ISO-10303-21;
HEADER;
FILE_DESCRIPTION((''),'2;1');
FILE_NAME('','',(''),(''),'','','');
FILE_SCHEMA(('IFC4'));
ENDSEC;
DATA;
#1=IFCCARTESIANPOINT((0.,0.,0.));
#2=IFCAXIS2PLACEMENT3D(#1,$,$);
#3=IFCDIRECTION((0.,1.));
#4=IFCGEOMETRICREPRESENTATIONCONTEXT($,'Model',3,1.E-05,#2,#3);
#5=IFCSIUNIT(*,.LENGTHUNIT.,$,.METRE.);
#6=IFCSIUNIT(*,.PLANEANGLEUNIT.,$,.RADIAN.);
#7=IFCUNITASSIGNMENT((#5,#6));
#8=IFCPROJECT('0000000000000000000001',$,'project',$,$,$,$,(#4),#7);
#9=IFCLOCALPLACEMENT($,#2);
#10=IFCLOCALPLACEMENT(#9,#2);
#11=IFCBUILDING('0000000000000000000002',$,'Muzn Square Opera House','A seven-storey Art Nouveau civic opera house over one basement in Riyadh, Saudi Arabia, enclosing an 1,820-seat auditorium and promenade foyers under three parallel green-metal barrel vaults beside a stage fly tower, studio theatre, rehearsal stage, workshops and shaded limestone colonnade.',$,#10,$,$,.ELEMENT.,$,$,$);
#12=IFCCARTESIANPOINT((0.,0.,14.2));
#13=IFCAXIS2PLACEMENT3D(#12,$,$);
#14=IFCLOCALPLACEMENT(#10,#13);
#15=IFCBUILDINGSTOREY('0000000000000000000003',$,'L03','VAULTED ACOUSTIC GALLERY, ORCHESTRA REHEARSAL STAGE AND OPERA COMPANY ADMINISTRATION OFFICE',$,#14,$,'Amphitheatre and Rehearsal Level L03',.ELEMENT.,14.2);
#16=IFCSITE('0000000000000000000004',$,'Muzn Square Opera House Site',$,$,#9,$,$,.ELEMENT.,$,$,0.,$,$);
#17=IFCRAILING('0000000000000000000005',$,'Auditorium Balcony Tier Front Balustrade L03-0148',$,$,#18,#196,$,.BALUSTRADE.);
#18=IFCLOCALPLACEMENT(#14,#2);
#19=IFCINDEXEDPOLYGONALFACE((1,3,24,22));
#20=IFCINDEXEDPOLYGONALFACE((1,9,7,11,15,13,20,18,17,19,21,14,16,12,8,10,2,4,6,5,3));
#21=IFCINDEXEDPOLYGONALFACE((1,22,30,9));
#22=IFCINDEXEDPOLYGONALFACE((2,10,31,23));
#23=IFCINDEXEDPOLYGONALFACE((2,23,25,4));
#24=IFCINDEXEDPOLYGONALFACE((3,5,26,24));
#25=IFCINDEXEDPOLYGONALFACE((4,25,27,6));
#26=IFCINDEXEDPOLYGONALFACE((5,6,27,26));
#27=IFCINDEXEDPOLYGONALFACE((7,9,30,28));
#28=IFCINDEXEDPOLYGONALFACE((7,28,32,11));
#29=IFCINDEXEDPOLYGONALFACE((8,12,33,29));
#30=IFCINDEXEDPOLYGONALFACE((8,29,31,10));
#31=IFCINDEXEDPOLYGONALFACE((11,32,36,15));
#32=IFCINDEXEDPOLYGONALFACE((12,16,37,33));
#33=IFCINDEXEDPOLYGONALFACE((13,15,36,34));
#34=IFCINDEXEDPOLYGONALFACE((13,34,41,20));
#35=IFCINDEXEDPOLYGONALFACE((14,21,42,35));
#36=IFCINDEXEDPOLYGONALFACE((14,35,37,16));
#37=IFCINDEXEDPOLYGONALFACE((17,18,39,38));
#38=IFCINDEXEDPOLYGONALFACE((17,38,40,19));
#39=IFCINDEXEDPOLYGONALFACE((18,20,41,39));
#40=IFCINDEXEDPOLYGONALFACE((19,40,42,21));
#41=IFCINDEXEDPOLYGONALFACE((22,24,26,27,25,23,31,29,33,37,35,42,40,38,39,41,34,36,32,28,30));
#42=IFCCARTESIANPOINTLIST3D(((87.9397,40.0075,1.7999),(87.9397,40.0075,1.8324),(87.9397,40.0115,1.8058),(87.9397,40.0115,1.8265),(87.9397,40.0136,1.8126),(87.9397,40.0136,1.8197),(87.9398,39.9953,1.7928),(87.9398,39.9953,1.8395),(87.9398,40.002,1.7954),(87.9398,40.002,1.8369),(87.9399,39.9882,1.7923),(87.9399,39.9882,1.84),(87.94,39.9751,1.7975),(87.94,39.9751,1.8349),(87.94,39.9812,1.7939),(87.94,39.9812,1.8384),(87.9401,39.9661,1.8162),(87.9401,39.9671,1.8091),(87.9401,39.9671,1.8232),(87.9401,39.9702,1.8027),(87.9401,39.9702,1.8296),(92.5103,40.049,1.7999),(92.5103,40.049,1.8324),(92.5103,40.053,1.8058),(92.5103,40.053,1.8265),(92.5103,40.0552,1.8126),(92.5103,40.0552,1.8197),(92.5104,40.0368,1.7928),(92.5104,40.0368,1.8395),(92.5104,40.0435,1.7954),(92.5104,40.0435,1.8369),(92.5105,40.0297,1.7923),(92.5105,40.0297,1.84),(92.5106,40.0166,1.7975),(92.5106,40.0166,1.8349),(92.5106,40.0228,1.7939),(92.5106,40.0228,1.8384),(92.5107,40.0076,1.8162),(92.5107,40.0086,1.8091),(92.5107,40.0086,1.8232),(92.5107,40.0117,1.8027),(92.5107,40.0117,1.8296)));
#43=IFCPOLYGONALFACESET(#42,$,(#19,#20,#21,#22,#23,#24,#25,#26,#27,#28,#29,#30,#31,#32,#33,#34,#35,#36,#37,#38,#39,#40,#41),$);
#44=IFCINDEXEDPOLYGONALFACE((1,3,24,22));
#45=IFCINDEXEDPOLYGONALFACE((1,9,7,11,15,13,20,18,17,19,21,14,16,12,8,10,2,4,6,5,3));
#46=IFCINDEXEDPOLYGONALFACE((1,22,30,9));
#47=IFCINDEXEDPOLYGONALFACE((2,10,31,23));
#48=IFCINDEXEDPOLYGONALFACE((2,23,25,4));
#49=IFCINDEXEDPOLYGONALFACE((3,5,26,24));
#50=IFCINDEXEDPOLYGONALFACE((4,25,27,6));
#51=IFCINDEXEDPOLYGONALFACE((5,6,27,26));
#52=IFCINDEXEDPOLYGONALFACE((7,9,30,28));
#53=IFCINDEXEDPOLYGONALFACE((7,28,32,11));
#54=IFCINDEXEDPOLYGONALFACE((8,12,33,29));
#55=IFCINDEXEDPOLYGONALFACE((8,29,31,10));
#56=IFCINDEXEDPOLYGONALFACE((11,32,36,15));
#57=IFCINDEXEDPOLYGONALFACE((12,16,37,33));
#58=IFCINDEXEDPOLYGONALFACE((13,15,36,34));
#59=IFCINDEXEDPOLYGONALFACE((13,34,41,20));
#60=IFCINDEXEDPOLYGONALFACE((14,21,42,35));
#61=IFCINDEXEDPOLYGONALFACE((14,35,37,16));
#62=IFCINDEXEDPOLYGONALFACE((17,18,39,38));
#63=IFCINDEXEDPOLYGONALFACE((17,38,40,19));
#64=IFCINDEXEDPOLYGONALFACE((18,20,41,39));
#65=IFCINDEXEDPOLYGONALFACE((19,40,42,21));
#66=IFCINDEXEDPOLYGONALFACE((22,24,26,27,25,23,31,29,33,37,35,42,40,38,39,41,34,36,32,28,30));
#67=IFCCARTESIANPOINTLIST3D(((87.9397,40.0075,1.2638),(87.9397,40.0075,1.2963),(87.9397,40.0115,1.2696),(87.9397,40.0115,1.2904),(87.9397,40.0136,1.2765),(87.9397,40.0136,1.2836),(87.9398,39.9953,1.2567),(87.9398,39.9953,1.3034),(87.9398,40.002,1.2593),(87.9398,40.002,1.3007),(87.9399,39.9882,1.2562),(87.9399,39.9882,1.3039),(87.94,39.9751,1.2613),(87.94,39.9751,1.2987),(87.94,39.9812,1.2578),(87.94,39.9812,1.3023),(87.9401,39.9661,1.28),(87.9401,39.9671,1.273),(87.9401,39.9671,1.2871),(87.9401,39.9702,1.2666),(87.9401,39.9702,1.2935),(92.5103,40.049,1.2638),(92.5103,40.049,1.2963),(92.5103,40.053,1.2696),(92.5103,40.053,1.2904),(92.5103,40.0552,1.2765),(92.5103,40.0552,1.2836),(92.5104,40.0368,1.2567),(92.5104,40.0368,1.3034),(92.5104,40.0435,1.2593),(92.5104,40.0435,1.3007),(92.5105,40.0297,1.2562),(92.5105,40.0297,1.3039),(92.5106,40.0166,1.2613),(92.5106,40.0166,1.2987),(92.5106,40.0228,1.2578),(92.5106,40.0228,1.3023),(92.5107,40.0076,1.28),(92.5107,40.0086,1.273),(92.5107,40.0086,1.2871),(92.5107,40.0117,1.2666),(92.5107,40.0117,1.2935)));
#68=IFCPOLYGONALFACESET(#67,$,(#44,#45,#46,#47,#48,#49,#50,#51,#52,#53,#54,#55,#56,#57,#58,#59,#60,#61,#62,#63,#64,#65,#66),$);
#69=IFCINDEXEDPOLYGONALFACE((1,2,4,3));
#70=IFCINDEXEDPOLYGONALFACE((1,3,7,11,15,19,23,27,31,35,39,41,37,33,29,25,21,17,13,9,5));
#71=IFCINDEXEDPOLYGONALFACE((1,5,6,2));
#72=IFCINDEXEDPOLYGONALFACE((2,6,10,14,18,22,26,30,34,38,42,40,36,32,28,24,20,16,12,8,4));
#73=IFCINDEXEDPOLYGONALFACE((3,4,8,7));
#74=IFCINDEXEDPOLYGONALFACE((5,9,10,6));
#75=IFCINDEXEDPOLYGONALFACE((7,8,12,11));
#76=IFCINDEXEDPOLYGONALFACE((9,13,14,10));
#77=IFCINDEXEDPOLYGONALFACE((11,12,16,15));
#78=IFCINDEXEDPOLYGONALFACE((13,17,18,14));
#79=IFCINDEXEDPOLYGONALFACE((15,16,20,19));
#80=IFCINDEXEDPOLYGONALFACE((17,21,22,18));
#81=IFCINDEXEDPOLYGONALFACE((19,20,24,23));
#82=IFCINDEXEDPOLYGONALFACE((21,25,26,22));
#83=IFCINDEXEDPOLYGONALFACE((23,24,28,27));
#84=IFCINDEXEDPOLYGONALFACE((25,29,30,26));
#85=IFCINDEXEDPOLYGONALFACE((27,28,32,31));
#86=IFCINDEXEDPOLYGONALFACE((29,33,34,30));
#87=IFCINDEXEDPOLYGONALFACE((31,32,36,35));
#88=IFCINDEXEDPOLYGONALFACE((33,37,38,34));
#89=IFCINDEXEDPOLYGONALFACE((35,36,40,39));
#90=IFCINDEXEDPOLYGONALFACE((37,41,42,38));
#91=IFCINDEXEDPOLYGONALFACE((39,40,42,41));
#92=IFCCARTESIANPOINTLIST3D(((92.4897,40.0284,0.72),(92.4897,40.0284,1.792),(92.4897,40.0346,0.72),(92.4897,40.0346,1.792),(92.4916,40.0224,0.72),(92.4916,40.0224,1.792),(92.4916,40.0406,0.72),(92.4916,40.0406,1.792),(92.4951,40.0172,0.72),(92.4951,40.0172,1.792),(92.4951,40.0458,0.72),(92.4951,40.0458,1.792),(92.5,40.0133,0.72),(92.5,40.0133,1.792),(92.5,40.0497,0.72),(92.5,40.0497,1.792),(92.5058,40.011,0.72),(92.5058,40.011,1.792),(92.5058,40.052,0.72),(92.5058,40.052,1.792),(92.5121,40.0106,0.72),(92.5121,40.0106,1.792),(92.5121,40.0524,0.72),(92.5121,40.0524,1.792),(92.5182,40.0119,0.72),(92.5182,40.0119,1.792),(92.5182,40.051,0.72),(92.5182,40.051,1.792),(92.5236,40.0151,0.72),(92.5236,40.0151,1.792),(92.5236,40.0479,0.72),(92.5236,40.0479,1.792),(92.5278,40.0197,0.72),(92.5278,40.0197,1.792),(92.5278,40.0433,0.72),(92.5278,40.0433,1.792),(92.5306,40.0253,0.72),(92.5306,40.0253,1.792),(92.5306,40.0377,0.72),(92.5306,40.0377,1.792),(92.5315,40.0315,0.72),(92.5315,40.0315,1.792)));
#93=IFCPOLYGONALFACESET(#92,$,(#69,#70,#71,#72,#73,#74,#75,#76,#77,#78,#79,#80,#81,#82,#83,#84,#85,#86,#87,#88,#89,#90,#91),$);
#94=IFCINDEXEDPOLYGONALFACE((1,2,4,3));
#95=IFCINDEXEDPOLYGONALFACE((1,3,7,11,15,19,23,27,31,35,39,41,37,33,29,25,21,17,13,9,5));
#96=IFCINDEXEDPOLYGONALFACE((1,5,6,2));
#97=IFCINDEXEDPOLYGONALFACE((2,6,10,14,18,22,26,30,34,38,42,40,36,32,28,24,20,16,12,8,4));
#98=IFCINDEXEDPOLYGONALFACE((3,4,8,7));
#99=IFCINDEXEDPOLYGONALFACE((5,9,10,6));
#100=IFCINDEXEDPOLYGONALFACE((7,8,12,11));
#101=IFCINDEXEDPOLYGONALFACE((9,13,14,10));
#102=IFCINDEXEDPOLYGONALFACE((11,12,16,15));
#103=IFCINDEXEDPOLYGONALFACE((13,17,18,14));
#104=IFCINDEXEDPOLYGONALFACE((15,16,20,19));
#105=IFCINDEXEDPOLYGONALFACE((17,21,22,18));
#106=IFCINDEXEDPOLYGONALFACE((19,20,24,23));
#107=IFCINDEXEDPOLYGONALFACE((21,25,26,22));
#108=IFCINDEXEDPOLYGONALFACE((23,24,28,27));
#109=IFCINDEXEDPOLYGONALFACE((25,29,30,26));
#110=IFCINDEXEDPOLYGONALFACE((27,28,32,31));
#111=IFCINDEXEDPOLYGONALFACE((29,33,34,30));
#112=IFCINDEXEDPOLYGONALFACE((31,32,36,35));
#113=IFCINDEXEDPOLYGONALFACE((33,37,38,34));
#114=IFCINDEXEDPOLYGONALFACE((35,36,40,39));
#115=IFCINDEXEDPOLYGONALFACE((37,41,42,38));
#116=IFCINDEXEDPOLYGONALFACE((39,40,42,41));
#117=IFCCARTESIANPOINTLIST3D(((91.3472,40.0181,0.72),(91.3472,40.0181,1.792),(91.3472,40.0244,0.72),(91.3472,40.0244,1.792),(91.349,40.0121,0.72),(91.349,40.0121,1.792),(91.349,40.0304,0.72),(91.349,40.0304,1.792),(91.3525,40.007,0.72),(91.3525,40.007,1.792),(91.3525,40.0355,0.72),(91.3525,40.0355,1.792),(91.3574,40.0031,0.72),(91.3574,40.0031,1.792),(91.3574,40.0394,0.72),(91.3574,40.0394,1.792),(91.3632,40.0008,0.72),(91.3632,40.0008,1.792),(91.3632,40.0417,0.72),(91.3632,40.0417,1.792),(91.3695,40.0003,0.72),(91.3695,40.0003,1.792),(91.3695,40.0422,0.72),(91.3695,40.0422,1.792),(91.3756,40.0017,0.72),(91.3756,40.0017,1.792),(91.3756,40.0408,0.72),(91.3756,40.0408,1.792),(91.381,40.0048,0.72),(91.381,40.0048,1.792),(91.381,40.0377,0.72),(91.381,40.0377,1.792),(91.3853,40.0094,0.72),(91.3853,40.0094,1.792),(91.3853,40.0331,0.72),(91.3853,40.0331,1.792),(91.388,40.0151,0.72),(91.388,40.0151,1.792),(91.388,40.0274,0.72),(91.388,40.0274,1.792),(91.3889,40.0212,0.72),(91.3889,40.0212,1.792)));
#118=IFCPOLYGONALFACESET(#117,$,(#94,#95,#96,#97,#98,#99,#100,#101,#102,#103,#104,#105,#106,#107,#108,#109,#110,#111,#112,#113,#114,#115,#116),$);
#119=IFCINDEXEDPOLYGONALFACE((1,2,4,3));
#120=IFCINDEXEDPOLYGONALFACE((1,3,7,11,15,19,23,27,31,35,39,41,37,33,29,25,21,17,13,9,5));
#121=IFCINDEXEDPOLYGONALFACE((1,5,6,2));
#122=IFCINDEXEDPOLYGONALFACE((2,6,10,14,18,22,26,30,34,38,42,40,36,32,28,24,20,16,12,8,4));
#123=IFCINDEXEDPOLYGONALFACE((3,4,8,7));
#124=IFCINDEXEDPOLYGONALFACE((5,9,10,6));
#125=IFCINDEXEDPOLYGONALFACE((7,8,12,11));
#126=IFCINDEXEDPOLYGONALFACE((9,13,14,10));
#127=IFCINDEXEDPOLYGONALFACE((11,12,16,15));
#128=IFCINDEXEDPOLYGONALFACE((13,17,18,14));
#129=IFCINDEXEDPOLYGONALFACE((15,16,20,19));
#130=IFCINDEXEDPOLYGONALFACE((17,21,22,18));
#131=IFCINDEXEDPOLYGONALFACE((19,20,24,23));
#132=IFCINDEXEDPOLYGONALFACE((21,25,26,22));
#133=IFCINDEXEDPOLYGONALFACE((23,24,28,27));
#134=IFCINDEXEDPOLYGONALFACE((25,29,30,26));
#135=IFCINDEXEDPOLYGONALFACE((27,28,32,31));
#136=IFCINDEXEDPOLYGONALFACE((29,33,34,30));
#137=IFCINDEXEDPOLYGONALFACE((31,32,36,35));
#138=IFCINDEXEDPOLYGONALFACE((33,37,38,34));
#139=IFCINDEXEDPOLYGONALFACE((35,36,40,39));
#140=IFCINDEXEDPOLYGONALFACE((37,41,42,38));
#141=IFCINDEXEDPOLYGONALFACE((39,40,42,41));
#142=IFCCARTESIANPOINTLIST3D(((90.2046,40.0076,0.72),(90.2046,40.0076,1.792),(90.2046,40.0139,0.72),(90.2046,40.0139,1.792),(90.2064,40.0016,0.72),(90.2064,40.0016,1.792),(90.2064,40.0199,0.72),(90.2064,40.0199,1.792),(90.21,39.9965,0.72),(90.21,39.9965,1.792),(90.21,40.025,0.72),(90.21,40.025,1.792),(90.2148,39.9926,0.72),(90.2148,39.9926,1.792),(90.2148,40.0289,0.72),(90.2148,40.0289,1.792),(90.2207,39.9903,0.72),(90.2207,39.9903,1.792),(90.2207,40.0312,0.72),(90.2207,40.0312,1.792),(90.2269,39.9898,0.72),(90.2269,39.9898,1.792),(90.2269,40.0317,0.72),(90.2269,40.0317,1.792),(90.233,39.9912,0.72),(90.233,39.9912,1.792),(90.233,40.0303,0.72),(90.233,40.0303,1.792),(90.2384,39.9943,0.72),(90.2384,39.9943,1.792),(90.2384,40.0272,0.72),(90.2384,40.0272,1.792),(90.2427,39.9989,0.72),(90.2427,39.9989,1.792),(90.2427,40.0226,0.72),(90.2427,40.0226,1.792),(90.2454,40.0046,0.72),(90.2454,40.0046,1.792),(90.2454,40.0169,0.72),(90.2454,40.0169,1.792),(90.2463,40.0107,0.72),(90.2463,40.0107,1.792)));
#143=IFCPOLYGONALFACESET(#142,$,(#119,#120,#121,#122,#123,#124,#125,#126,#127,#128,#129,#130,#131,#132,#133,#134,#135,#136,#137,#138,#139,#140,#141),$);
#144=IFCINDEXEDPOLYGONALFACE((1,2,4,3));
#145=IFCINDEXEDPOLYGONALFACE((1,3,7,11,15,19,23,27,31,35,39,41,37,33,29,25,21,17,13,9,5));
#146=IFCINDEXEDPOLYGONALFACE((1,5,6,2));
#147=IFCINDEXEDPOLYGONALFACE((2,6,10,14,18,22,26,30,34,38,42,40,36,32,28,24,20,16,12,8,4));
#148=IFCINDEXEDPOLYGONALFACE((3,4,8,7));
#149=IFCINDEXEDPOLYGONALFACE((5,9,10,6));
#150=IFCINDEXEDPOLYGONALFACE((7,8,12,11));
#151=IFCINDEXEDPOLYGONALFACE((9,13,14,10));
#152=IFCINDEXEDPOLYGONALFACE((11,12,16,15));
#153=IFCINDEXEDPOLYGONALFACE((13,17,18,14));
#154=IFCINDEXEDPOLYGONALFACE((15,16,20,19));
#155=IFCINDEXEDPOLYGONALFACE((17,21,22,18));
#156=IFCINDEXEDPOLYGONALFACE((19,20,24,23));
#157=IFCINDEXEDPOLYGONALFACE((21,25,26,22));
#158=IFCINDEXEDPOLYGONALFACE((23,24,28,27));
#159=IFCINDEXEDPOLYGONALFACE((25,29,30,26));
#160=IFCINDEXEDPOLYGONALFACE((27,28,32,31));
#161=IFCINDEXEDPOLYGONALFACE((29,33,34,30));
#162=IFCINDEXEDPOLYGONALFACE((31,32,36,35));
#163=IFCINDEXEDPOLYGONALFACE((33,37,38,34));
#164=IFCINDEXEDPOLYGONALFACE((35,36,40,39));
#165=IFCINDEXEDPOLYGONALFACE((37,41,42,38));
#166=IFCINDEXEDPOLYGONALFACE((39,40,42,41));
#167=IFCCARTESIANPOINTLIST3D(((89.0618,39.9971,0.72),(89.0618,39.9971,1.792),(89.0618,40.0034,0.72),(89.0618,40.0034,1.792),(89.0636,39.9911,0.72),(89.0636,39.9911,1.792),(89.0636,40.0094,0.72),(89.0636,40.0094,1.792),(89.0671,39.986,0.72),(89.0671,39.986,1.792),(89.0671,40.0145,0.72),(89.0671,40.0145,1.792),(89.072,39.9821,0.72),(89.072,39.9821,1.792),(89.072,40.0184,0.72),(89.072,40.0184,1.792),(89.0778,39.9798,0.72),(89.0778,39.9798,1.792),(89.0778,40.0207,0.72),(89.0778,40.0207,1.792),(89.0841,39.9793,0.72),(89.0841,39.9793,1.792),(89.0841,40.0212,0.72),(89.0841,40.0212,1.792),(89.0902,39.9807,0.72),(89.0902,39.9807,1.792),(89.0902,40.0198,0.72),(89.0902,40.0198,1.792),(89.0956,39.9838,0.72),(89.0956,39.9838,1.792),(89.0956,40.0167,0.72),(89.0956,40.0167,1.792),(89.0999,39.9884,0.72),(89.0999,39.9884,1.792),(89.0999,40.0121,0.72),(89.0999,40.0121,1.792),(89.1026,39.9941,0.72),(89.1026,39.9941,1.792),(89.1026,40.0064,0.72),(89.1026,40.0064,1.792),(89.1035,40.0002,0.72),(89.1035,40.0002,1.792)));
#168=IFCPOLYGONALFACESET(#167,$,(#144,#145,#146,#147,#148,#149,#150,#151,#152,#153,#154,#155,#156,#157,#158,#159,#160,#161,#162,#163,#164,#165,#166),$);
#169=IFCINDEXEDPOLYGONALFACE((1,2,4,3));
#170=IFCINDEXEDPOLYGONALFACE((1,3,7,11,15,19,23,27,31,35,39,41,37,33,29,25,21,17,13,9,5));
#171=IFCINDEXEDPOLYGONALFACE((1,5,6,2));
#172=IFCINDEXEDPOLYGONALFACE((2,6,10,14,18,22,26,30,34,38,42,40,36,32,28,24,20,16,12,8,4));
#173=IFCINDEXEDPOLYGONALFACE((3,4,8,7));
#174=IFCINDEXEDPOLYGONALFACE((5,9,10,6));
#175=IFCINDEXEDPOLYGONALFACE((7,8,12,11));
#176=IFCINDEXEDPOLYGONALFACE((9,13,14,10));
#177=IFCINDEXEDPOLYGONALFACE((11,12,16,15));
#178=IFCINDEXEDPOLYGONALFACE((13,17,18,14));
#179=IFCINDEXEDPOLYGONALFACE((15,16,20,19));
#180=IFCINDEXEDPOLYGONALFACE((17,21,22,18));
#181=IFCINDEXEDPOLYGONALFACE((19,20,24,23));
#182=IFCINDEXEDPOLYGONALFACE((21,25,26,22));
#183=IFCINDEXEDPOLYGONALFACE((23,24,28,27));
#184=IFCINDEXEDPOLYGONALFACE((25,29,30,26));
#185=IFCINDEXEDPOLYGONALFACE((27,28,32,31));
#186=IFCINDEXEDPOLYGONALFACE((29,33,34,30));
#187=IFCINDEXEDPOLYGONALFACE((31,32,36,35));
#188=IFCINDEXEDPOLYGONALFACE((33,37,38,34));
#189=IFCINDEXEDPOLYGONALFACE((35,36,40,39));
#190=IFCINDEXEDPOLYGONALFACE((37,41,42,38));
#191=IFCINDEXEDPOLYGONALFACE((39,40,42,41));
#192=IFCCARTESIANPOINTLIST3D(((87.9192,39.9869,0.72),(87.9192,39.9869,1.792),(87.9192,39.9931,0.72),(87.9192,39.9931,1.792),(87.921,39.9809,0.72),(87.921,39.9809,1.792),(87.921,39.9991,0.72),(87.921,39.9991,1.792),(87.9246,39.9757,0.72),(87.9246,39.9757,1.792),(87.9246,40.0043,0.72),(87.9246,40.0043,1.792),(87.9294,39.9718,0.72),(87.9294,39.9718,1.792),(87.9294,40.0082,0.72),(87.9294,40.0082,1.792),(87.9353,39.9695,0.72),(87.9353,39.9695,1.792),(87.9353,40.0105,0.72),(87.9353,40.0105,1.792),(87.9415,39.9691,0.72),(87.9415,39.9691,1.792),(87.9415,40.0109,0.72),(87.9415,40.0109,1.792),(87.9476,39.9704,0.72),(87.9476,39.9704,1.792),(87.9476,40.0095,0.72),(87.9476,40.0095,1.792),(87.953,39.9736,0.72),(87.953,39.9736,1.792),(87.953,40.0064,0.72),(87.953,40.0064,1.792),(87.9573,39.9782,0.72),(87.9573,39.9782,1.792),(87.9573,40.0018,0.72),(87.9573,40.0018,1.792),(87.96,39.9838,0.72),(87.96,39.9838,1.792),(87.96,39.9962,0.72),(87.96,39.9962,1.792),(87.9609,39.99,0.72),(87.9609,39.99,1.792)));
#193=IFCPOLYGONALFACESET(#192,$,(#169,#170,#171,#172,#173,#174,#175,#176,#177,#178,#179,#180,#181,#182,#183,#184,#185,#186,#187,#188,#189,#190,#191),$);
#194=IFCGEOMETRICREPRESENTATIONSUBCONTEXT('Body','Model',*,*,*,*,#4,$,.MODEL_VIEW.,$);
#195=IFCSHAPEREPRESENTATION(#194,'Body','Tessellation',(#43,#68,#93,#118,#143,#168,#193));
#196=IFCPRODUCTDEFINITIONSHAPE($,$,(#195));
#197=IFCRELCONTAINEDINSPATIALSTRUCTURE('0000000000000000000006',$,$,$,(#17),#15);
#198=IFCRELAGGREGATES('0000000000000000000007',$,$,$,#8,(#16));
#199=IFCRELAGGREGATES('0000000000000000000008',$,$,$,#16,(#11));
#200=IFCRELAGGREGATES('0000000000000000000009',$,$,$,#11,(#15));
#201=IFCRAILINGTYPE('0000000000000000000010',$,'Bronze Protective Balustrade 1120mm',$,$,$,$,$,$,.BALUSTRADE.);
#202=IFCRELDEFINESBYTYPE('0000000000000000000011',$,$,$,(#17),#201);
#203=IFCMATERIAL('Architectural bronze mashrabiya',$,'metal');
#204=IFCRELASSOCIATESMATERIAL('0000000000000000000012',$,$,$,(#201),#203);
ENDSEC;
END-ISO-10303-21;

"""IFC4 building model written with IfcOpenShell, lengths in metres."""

from ifc_helpers import new_model, si_unit, direction, frame, origin, origin_2d, place, context, subcontext, project, spatial, circle, extrude, material, type_object, element, save


model = new_model("IFC4")

# Units and contexts
model_context = context("Model", 3, precision=1e-05, world=origin(), true_north=direction((0.0, 1.0)))
body_context = subcontext(model_context, "Body", "Model", "MODEL_VIEW")
ifc_project = project(units=[si_unit("LENGTHUNIT", "METRE"), si_unit("PLANEANGLEUNIT", "RADIAN")], contexts=[model_context])

# Site, building, storey
site_placement = place(None, origin())
site = spatial("IfcSite", under=ifc_project, at=site_placement, Name="Muzn Square Opera House Site", CompositionType="ELEMENT", RefElevation=0.0)
building_placement = place(site_placement, origin())
building = spatial("IfcBuilding", under=site, at=building_placement, Name="Muzn Square Opera House", Description="A seven-storey Art Nouveau civic opera house over one basement in Riyadh, Saudi Arabia, enclosing an 1,820-seat auditorium and promenade foyers under three parallel green-metal barrel vaults beside a stage fly tower, studio theatre, rehearsal stage, workshops and shaded limestone colonnade.", CompositionType="ELEMENT")
storey_placement = place(building_placement, frame((0.0, 0.0, 14.2)))
storey = spatial("IfcBuildingStorey", under=building, at=storey_placement, Name="L03", Description="VAULTED ACOUSTIC GALLERY, ORCHESTRA REHEARSAL STAGE AND OPERA COMPANY ADMINISTRATION OFFICE", LongName="Amphitheatre and Rehearsal Level L03", CompositionType="ELEMENT", Elevation=14.2)

# Railing
ifc_material_1 = material(Name="Architectural bronze mashrabiya", Category="metal")
railing_type_1 = type_object("IfcRailingType", Name="Bronze Protective Balustrade 1120mm", PredefinedType="BALUSTRADE", material=ifc_material_1)
railing_1_placement = place(storey_placement, frame((92.5105, 40.0315, 0.72)))
element("IfcRailing", 1, at=railing_1_placement, inside=storey, type_object=railing_type_1, Name="Auditorium Balcony Tier Front Balustrade L03-0148", PredefinedType="BALUSTRADE", context=body_context, shape_type="SweptSolid", body=[
    extrude(circle(Radius=0.0239, at=origin_2d()), frame((0.0, 0.0, 1.0962), z_axis=(-0.999959, -0.00908, 0.0), x_axis=(0.00908, -0.999959, 0.0)), (0.0, 0.0, 1.0), 4.5708),
    extrude(circle(Radius=0.0239, at=origin_2d()), frame((0.0, 0.0, 0.5601), z_axis=(-0.999959, -0.00908, 0.0), x_axis=(0.00908, -0.999959, 0.0)), (0.0, 0.0, 1.0), 4.5708),
    extrude(circle(Radius=0.021, at=origin_2d()), origin(), (0.0, 0.0, 1.0), 1.072),
    extrude(circle(Radius=0.021, at=origin_2d()), frame((-1.1426, -0.0103, 0.0)), (0.0, 0.0, 1.0), 1.072),
    extrude(circle(Radius=0.021, at=origin_2d()), frame((-2.2852, -0.0208, 0.0)), (0.0, 0.0, 1.0), 1.072),
    extrude(circle(Radius=0.021, at=origin_2d()), frame((-3.428, -0.0312, 0.0)), (0.0, 0.0, 1.0), 1.072),
    extrude(circle(Radius=0.021, at=origin_2d()), frame((-4.5706, -0.0415, 0.0)), (0.0, 0.0, 1.0), 1.072),
])

save(model, "model.ifc")
